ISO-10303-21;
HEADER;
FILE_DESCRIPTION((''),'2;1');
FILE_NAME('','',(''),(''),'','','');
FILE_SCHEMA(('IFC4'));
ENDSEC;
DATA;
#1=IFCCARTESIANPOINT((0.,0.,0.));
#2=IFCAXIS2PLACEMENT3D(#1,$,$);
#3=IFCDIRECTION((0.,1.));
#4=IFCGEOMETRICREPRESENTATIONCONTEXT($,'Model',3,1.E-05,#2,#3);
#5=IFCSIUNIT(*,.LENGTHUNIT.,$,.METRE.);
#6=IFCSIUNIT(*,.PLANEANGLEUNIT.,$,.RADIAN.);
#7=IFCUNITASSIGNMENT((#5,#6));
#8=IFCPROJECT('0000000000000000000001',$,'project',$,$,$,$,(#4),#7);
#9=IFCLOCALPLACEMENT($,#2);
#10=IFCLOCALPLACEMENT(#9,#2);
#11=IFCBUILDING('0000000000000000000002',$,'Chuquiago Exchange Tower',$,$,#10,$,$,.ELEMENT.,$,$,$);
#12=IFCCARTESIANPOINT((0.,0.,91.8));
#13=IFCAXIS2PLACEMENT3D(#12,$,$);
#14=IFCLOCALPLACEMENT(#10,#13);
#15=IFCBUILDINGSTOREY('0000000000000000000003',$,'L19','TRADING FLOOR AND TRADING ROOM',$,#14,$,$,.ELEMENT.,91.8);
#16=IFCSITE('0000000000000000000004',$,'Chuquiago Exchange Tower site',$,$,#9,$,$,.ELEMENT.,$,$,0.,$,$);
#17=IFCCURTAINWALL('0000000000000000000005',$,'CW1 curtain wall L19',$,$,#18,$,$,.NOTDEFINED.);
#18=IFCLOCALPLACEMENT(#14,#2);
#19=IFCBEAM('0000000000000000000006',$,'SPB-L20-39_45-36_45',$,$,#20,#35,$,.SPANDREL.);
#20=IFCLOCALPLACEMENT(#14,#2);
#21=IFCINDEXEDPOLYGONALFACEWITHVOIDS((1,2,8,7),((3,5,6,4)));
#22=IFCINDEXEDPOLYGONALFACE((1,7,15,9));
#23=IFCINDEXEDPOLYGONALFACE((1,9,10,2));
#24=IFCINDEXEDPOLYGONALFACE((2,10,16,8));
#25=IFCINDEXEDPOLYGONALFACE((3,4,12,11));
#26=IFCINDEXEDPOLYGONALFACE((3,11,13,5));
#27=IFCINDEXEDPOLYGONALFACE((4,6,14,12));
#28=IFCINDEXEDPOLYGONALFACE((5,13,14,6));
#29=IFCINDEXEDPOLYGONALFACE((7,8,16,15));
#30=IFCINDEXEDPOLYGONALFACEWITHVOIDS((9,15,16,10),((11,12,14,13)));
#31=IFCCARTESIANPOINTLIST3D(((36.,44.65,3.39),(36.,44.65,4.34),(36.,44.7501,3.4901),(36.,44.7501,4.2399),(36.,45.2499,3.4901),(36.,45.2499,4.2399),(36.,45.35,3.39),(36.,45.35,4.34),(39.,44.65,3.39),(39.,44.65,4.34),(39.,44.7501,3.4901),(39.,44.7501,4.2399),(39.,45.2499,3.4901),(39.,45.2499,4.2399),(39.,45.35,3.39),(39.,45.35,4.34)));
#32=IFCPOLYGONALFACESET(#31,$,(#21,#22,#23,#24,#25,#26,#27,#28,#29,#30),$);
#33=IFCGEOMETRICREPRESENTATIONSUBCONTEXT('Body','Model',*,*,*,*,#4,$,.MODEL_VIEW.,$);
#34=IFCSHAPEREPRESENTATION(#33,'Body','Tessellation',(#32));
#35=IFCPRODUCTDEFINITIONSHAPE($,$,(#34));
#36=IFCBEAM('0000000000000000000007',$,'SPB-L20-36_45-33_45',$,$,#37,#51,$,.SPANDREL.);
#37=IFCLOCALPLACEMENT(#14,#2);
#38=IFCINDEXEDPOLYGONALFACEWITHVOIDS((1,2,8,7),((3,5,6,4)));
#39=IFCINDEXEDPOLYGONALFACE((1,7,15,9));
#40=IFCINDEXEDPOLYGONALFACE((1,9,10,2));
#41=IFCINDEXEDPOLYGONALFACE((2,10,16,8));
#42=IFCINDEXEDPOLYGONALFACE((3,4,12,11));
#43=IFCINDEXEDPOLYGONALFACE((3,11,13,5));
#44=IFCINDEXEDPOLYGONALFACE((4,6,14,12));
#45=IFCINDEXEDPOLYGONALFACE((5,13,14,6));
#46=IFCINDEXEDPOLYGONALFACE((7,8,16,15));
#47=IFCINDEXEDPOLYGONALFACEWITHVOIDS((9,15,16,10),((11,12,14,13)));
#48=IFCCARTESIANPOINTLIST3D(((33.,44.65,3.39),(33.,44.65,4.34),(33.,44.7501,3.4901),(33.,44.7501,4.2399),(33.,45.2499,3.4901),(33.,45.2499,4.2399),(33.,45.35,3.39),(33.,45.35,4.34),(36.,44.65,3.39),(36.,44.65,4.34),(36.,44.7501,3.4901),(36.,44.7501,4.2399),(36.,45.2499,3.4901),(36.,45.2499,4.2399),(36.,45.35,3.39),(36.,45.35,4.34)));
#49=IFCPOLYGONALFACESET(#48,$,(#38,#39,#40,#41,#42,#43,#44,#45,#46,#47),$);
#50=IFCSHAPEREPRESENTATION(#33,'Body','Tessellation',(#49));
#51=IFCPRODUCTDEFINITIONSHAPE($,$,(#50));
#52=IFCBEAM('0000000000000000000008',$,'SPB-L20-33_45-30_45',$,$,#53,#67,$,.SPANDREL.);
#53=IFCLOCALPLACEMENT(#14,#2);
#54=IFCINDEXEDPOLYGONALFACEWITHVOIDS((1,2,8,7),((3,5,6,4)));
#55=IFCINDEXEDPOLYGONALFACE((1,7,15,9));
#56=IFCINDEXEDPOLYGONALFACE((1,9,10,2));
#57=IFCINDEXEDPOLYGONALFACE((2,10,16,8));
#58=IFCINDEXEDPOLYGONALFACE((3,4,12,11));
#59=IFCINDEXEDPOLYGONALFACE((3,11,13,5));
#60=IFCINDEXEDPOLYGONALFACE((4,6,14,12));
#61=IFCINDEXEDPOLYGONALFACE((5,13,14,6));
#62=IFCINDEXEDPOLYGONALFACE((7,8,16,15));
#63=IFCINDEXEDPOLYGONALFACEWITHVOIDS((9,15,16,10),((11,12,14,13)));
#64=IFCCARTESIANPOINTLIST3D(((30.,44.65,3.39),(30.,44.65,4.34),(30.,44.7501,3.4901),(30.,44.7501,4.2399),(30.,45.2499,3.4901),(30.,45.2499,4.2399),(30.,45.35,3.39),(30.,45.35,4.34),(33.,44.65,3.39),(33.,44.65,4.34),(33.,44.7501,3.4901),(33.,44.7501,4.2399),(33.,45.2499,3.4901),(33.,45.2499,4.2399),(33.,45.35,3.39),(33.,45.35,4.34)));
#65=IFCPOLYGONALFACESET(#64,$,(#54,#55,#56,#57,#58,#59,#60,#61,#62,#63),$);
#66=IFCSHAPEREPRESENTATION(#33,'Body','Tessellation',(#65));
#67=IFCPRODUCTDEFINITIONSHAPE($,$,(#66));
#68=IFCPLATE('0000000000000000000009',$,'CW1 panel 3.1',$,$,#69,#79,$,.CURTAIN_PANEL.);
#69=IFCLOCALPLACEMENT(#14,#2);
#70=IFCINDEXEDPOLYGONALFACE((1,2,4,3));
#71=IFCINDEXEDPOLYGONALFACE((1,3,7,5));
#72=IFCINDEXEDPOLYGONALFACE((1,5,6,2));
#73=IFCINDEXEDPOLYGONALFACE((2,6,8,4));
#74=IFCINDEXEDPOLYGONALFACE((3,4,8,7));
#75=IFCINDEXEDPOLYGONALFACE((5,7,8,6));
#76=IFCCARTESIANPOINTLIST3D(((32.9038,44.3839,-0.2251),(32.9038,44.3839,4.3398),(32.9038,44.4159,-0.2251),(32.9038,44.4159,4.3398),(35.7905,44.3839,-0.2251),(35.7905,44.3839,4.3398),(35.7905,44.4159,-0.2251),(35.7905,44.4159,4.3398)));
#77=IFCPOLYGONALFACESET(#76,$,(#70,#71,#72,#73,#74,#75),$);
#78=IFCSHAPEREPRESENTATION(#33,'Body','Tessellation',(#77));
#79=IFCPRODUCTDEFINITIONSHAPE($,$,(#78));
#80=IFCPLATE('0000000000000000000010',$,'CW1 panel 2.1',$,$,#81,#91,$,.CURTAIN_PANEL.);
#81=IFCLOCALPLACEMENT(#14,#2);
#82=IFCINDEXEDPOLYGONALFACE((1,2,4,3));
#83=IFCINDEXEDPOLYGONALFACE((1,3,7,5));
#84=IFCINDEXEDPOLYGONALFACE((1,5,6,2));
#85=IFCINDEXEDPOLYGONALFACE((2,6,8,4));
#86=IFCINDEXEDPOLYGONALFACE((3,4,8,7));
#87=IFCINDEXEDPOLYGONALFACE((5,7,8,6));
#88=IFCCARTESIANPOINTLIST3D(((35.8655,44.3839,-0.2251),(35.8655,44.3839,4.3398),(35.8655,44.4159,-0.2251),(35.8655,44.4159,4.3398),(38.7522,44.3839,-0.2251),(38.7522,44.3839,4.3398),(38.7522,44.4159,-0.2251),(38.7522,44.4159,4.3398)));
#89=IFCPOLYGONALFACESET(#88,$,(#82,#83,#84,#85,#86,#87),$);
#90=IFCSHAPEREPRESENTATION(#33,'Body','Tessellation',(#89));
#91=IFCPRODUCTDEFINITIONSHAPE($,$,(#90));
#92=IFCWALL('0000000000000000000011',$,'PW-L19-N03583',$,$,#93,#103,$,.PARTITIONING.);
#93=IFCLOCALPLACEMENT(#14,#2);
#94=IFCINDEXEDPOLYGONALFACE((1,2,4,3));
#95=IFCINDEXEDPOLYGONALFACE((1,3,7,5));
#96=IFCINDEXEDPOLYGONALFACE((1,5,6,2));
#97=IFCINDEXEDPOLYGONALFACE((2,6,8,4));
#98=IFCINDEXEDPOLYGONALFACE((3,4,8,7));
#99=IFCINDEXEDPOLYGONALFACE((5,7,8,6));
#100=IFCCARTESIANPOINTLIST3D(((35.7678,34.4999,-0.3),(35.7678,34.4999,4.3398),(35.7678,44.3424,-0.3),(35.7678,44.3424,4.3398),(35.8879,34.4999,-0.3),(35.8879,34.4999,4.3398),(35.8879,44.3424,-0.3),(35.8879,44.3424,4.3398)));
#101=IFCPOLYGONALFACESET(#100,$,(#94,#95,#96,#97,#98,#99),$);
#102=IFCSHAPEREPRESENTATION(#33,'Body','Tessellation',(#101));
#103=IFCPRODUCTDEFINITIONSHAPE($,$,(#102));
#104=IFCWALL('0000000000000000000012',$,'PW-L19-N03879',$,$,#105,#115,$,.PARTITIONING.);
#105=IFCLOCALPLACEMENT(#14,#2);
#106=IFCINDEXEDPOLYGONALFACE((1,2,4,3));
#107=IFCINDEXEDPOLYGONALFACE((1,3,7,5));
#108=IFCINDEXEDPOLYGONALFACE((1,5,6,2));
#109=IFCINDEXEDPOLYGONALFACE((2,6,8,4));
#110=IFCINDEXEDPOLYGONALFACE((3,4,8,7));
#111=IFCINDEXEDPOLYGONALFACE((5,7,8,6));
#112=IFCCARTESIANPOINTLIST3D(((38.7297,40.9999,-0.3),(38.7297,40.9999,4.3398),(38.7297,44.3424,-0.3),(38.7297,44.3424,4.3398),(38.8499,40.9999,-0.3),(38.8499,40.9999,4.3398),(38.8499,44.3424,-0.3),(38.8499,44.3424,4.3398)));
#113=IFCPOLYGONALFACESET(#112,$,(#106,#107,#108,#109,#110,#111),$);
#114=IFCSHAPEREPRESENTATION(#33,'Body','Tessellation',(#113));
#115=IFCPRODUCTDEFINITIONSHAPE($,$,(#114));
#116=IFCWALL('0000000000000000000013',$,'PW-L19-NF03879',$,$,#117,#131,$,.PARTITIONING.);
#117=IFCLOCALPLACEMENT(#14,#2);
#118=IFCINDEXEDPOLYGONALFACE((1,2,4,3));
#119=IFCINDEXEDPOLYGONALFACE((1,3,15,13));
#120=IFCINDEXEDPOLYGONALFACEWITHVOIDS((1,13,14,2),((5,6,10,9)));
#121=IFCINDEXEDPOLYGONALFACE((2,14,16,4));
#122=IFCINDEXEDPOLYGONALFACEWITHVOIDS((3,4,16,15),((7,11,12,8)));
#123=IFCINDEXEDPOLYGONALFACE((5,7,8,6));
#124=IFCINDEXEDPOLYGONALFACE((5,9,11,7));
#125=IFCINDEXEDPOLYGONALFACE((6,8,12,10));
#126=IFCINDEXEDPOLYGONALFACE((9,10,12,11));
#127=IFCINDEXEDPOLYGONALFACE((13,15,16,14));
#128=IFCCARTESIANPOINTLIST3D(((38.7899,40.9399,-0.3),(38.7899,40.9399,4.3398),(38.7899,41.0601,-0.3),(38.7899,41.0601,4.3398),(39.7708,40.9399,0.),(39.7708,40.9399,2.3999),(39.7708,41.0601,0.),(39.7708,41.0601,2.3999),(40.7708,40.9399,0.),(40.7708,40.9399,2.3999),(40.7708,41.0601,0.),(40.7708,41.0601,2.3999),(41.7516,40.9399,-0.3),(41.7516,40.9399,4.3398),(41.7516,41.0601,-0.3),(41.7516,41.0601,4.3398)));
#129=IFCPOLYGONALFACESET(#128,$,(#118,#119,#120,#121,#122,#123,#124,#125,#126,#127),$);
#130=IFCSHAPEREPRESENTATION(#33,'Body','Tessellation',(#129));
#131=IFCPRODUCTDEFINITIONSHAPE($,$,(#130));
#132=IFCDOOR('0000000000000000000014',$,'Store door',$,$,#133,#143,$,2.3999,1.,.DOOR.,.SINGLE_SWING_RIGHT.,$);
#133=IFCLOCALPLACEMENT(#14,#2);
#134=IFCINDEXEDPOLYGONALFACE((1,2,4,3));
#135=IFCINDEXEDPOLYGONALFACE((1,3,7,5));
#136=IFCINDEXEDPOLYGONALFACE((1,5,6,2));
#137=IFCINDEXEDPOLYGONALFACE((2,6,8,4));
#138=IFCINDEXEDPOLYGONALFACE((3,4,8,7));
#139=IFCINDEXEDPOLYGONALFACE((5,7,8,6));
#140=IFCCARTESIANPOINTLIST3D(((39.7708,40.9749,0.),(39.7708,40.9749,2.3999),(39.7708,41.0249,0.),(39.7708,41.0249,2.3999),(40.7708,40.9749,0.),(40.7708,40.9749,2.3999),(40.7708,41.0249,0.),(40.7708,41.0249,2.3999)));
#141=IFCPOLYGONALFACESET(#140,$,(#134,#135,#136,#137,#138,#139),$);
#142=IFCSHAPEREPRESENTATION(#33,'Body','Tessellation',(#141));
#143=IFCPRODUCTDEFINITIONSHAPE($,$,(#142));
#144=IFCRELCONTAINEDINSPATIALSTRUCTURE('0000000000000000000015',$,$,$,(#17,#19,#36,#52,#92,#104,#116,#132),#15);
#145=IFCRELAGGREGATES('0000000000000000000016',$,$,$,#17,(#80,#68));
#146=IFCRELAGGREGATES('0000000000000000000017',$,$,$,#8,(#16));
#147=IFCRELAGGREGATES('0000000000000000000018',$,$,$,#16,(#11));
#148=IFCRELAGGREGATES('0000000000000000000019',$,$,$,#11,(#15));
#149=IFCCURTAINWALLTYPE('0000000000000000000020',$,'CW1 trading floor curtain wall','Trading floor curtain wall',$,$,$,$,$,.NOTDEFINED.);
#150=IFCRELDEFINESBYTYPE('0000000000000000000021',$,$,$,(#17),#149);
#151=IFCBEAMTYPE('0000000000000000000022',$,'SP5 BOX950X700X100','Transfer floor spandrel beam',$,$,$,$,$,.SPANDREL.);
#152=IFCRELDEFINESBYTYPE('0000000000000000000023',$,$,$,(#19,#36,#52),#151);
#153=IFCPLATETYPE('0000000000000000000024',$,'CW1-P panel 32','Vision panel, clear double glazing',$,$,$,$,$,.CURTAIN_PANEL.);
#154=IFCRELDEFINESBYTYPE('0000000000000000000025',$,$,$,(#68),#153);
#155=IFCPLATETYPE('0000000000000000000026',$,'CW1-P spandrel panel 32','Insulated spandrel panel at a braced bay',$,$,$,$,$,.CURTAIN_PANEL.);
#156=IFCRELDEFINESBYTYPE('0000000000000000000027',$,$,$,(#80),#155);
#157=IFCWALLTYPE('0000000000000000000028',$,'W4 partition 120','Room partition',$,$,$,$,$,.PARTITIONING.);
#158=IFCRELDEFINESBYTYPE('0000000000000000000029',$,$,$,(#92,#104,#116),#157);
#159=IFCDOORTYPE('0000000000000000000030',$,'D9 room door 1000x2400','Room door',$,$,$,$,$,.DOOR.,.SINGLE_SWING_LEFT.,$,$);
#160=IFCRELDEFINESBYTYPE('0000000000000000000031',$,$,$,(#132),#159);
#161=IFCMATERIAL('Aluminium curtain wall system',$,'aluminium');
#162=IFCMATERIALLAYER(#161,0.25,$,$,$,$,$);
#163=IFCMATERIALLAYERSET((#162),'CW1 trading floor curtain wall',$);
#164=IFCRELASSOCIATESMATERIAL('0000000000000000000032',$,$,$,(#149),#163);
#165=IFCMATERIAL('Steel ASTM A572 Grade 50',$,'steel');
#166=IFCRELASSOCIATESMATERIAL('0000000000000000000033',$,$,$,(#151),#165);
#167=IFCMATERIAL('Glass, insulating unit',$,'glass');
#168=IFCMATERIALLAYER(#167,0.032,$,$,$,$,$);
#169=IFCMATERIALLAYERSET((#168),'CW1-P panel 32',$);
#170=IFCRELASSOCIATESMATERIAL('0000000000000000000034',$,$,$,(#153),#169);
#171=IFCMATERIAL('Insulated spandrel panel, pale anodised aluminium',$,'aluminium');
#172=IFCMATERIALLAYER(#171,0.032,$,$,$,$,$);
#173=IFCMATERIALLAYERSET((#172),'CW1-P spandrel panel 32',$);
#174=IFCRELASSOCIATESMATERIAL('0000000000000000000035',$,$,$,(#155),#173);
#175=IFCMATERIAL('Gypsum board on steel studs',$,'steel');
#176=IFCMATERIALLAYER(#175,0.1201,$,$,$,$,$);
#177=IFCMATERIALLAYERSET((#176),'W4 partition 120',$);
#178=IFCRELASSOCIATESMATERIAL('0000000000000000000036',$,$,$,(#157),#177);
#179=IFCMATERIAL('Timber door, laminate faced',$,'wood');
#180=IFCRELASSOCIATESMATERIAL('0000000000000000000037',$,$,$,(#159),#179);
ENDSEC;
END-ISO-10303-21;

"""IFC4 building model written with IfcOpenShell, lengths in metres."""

from ifc_helpers import new_model, si_unit, direction, frame, frame_2d, origin, origin_2d, place, context, subcontext, project, spatial, rectangle, hollow_rectangle, extrude, material, layer, layer_set, material_profile, profile_set, type_object, element, fill, aggregate, save


model = new_model("IFC4")

# Units and contexts
model_context = context("Model", 3, precision=1e-05, world=origin(), true_north=direction((0.0, 1.0)))
body_context = subcontext(model_context, "Body", "Model", "MODEL_VIEW")
ifc_project = project(units=[si_unit("LENGTHUNIT", "METRE"), si_unit("PLANEANGLEUNIT", "RADIAN")], contexts=[model_context])

# Site, building, storey
site_placement = place(None, origin())
site = spatial("IfcSite", under=ifc_project, at=site_placement, Name="Chuquiago Exchange Tower site", CompositionType="ELEMENT", RefElevation=0.0)
building_placement = place(site_placement, origin())
building = spatial("IfcBuilding", under=site, at=building_placement, Name="Chuquiago Exchange Tower", CompositionType="ELEMENT")
storey_placement = place(building_placement, frame((0.0, 0.0, 91.8)))
storey = spatial("IfcBuildingStorey", under=building, at=storey_placement, Name="L19", Description="TRADING FLOOR AND TRADING ROOM", CompositionType="ELEMENT", Elevation=91.8)

# Curtain wall
ifc_material_1 = material(Name="Aluminium curtain wall system", Category="aluminium")
ifc_layer_1 = layer(ifc_material_1, 0.25)
ifc_layer_set_1 = layer_set([ifc_layer_1], Name="CW1 trading floor curtain wall")
curtain_wall_type = type_object("IfcCurtainWallType", Name="CW1 trading floor curtain wall", Description="Trading floor curtain wall", PredefinedType="NOTDEFINED", material=ifc_layer_set_1)
curtain_wall_placement = place(storey_placement, origin())
curtain_wall = element("IfcCurtainWall", 1, at=curtain_wall_placement, inside=storey, type_object=curtain_wall_type, Name="CW1 curtain wall L19", PredefinedType="NOTDEFINED")

# Beams
ifc_material_2 = material(Name="Steel ASTM A572 Grade 50", Category="steel")
ifc_material_profile_1 = material_profile(ifc_material_2, hollow_rectangle(XDim=0.7, YDim=0.95, WallThickness=0.1001, at=origin_2d()), Name="BOX950X700X100")
ifc_profile_set_1 = profile_set([ifc_material_profile_1], Name="Steel ASTM A572 Grade 50")
beam_type_1 = type_object("IfcBeamType", Name="SP5 BOX950X700X100", Description="Transfer floor spandrel beam", PredefinedType="SPANDREL", material=ifc_profile_set_1)
for number, where, z_axis, x_axis, name in (
    (2, (39.0, 45.0, 3.865), (-1.0, 0.0, 0.0), (0.0, -1.0, 0.0), "SPB-L20-39_45-36_45"),
    (3, (36.0, 45.0, 3.865), (-1.0, 0.0, 0.0), (0.0, -1.0, 0.0), "SPB-L20-36_45-33_45"),
    (4, (33.0, 45.0, 3.865), (-1.0, 0.0, 0.0), (0.0, -1.0, 0.0), "SPB-L20-33_45-30_45"),
):
    element("IfcBeam", number, at=place(storey_placement, frame(where, z_axis=z_axis, x_axis=x_axis)), inside=storey, type_object=beam_type_1, Name=name, PredefinedType="SPANDREL", context=body_context, shape_type="SweptSolid", body=[
        extrude(hollow_rectangle(XDim=0.7, YDim=0.95, WallThickness=0.1001, at=origin_2d()), origin(), (0.0, 0.0, 1.0), 3.0),
    ])

# Plates
ifc_material_3 = material(Name="Glass, insulating unit", Category="glass")
ifc_layer_2 = layer(ifc_material_3, 0.032)
ifc_layer_set_2 = layer_set([ifc_layer_2], Name="CW1-P panel 32")
plate_type_1 = type_object("IfcPlateType", Name="CW1-P panel 32", Description="Vision panel, clear double glazing", PredefinedType="CURTAIN_PANEL", material=ifc_layer_set_2)
plate_1_placement = place(storey_placement, frame((34.3472, 44.3999, -0.2251), z_axis=(0.0, 0.0, 1.0), x_axis=(-1.0, 0.0, 0.0)))
plate_1 = element("IfcPlate", 5, at=plate_1_placement, type_object=plate_type_1, Name="CW1 panel 3.1", PredefinedType="CURTAIN_PANEL", context=body_context, shape_type="SweptSolid", body=[
    extrude(rectangle(XDim=2.8867, YDim=0.032, at=origin_2d()), origin(), (0.0, 0.0, 1.0), 4.5649),
])
ifc_material_4 = material(Name="Insulated spandrel panel, pale anodised aluminium", Category="aluminium")
ifc_layer_3 = layer(ifc_material_4, 0.032)
ifc_layer_set_3 = layer_set([ifc_layer_3], Name="CW1-P spandrel panel 32")
plate_type_2 = type_object("IfcPlateType", Name="CW1-P spandrel panel 32", Description="Insulated spandrel panel at a braced bay", PredefinedType="CURTAIN_PANEL", material=ifc_layer_set_3)
plate_2_placement = place(storey_placement, frame((37.3088, 44.3999, -0.2251), z_axis=(0.0, 0.0, 1.0), x_axis=(-1.0, 0.0, 0.0)))
plate_2 = element("IfcPlate", 6, at=plate_2_placement, type_object=plate_type_2, Name="CW1 panel 2.1", PredefinedType="CURTAIN_PANEL", context=body_context, shape_type="SweptSolid", body=[
    extrude(rectangle(XDim=2.8867, YDim=0.032, at=origin_2d()), origin(), (0.0, 0.0, 1.0), 4.5649),
])
aggregate(curtain_wall, [plate_2, plate_1])

# Walls
ifc_material_5 = material(Name="Gypsum board on steel studs", Category="steel")
ifc_layer_4 = layer(ifc_material_5, 0.1201)
ifc_layer_set_4 = layer_set([ifc_layer_4], Name="W4 partition 120")
wall_type = type_object("IfcWallType", Name="W4 partition 120", Description="Room partition", PredefinedType="PARTITIONING", material=ifc_layer_set_4)
wall_1_placement = place(storey_placement, frame((35.8279, 44.3425, -0.3), z_axis=(0.0, 0.0, 1.0), x_axis=(0.0, -1.0, 0.0)))
element("IfcWall", 7, at=wall_1_placement, inside=storey, type_object=wall_type, Name="PW-L19-N03583", PredefinedType="PARTITIONING", context=body_context, shape_type="SweptSolid", body=[
    extrude(rectangle(XDim=9.8425, YDim=0.1201, at=frame_2d((4.9214, 0.0))), origin(), (0.0, 0.0, 1.0), 4.6399),
])
wall_2_placement = place(storey_placement, frame((38.7898, 44.3425, -0.3), z_axis=(0.0, 0.0, 1.0), x_axis=(0.0, -1.0, 0.0)))
element("IfcWall", 8, at=wall_2_placement, inside=storey, type_object=wall_type, Name="PW-L19-N03879", PredefinedType="PARTITIONING", context=body_context, shape_type="SweptSolid", body=[
    extrude(rectangle(XDim=3.3425, YDim=0.1201, at=frame_2d((1.6714, 0.0))), origin(), (0.0, 0.0, 1.0), 4.6399),
])

# Wall, opening, door
wall_3_placement = place(storey_placement, frame((38.7898, 41.0, -0.3), z_axis=(0.0, 0.0, 1.0), x_axis=(1.0, 0.0, 0.0)))
wall_3 = element("IfcWall", 9, at=wall_3_placement, inside=storey, type_object=wall_type, Name="PW-L19-NF03879", PredefinedType="PARTITIONING", context=body_context, shape_type="SweptSolid", body=[
    extrude(rectangle(XDim=2.9617, YDim=0.1201, at=frame_2d((1.481, 0.0))), origin(), (0.0, 0.0, 1.0), 4.6399),
])
opening_placement = place(wall_3_placement, frame((0.981, 0.0, 0.3)))
opening = element("IfcOpeningElement", 10, at=opening_placement, cuts=wall_3, PredefinedType="OPENING", context=body_context, shape_type="SweptSolid", body=[
    extrude(rectangle(XDim=1.0, YDim=2.3999, at=frame_2d((0.5, 1.2))), frame((0.0, 0.0701, 0.0), z_axis=(0.0, -1.0, 0.0), x_axis=(1.0, 0.0, 0.0)), (0.0, 0.0, 1.0), 0.1401),
])
ifc_material_6 = material(Name="Timber door, laminate faced", Category="wood")
door_type = type_object("IfcDoorType", Name="D9 room door 1000x2400", Description="Room door", OperationType="SINGLE_SWING_LEFT", PredefinedType="DOOR", material=ifc_material_6)
door_placement = place(opening_placement, origin())
door = element("IfcDoor", 11, at=door_placement, inside=storey, type_object=door_type, Name="Store door", OperationType="SINGLE_SWING_RIGHT", OverallHeight=2.3999, OverallWidth=1.0, PredefinedType="DOOR", context=body_context, shape_type="SweptSolid", body=[
    extrude(rectangle(XDim=1.0, YDim=2.3999, at=frame_2d((0.5, 1.2))), frame((0.0, 0.0249, 0.0), z_axis=(0.0, -1.0, 0.0), x_axis=(1.0, 0.0, 0.0)), (0.0, 0.0, 1.0), 0.05),
])
fill(opening, door)

save(model, "model.ifc")
